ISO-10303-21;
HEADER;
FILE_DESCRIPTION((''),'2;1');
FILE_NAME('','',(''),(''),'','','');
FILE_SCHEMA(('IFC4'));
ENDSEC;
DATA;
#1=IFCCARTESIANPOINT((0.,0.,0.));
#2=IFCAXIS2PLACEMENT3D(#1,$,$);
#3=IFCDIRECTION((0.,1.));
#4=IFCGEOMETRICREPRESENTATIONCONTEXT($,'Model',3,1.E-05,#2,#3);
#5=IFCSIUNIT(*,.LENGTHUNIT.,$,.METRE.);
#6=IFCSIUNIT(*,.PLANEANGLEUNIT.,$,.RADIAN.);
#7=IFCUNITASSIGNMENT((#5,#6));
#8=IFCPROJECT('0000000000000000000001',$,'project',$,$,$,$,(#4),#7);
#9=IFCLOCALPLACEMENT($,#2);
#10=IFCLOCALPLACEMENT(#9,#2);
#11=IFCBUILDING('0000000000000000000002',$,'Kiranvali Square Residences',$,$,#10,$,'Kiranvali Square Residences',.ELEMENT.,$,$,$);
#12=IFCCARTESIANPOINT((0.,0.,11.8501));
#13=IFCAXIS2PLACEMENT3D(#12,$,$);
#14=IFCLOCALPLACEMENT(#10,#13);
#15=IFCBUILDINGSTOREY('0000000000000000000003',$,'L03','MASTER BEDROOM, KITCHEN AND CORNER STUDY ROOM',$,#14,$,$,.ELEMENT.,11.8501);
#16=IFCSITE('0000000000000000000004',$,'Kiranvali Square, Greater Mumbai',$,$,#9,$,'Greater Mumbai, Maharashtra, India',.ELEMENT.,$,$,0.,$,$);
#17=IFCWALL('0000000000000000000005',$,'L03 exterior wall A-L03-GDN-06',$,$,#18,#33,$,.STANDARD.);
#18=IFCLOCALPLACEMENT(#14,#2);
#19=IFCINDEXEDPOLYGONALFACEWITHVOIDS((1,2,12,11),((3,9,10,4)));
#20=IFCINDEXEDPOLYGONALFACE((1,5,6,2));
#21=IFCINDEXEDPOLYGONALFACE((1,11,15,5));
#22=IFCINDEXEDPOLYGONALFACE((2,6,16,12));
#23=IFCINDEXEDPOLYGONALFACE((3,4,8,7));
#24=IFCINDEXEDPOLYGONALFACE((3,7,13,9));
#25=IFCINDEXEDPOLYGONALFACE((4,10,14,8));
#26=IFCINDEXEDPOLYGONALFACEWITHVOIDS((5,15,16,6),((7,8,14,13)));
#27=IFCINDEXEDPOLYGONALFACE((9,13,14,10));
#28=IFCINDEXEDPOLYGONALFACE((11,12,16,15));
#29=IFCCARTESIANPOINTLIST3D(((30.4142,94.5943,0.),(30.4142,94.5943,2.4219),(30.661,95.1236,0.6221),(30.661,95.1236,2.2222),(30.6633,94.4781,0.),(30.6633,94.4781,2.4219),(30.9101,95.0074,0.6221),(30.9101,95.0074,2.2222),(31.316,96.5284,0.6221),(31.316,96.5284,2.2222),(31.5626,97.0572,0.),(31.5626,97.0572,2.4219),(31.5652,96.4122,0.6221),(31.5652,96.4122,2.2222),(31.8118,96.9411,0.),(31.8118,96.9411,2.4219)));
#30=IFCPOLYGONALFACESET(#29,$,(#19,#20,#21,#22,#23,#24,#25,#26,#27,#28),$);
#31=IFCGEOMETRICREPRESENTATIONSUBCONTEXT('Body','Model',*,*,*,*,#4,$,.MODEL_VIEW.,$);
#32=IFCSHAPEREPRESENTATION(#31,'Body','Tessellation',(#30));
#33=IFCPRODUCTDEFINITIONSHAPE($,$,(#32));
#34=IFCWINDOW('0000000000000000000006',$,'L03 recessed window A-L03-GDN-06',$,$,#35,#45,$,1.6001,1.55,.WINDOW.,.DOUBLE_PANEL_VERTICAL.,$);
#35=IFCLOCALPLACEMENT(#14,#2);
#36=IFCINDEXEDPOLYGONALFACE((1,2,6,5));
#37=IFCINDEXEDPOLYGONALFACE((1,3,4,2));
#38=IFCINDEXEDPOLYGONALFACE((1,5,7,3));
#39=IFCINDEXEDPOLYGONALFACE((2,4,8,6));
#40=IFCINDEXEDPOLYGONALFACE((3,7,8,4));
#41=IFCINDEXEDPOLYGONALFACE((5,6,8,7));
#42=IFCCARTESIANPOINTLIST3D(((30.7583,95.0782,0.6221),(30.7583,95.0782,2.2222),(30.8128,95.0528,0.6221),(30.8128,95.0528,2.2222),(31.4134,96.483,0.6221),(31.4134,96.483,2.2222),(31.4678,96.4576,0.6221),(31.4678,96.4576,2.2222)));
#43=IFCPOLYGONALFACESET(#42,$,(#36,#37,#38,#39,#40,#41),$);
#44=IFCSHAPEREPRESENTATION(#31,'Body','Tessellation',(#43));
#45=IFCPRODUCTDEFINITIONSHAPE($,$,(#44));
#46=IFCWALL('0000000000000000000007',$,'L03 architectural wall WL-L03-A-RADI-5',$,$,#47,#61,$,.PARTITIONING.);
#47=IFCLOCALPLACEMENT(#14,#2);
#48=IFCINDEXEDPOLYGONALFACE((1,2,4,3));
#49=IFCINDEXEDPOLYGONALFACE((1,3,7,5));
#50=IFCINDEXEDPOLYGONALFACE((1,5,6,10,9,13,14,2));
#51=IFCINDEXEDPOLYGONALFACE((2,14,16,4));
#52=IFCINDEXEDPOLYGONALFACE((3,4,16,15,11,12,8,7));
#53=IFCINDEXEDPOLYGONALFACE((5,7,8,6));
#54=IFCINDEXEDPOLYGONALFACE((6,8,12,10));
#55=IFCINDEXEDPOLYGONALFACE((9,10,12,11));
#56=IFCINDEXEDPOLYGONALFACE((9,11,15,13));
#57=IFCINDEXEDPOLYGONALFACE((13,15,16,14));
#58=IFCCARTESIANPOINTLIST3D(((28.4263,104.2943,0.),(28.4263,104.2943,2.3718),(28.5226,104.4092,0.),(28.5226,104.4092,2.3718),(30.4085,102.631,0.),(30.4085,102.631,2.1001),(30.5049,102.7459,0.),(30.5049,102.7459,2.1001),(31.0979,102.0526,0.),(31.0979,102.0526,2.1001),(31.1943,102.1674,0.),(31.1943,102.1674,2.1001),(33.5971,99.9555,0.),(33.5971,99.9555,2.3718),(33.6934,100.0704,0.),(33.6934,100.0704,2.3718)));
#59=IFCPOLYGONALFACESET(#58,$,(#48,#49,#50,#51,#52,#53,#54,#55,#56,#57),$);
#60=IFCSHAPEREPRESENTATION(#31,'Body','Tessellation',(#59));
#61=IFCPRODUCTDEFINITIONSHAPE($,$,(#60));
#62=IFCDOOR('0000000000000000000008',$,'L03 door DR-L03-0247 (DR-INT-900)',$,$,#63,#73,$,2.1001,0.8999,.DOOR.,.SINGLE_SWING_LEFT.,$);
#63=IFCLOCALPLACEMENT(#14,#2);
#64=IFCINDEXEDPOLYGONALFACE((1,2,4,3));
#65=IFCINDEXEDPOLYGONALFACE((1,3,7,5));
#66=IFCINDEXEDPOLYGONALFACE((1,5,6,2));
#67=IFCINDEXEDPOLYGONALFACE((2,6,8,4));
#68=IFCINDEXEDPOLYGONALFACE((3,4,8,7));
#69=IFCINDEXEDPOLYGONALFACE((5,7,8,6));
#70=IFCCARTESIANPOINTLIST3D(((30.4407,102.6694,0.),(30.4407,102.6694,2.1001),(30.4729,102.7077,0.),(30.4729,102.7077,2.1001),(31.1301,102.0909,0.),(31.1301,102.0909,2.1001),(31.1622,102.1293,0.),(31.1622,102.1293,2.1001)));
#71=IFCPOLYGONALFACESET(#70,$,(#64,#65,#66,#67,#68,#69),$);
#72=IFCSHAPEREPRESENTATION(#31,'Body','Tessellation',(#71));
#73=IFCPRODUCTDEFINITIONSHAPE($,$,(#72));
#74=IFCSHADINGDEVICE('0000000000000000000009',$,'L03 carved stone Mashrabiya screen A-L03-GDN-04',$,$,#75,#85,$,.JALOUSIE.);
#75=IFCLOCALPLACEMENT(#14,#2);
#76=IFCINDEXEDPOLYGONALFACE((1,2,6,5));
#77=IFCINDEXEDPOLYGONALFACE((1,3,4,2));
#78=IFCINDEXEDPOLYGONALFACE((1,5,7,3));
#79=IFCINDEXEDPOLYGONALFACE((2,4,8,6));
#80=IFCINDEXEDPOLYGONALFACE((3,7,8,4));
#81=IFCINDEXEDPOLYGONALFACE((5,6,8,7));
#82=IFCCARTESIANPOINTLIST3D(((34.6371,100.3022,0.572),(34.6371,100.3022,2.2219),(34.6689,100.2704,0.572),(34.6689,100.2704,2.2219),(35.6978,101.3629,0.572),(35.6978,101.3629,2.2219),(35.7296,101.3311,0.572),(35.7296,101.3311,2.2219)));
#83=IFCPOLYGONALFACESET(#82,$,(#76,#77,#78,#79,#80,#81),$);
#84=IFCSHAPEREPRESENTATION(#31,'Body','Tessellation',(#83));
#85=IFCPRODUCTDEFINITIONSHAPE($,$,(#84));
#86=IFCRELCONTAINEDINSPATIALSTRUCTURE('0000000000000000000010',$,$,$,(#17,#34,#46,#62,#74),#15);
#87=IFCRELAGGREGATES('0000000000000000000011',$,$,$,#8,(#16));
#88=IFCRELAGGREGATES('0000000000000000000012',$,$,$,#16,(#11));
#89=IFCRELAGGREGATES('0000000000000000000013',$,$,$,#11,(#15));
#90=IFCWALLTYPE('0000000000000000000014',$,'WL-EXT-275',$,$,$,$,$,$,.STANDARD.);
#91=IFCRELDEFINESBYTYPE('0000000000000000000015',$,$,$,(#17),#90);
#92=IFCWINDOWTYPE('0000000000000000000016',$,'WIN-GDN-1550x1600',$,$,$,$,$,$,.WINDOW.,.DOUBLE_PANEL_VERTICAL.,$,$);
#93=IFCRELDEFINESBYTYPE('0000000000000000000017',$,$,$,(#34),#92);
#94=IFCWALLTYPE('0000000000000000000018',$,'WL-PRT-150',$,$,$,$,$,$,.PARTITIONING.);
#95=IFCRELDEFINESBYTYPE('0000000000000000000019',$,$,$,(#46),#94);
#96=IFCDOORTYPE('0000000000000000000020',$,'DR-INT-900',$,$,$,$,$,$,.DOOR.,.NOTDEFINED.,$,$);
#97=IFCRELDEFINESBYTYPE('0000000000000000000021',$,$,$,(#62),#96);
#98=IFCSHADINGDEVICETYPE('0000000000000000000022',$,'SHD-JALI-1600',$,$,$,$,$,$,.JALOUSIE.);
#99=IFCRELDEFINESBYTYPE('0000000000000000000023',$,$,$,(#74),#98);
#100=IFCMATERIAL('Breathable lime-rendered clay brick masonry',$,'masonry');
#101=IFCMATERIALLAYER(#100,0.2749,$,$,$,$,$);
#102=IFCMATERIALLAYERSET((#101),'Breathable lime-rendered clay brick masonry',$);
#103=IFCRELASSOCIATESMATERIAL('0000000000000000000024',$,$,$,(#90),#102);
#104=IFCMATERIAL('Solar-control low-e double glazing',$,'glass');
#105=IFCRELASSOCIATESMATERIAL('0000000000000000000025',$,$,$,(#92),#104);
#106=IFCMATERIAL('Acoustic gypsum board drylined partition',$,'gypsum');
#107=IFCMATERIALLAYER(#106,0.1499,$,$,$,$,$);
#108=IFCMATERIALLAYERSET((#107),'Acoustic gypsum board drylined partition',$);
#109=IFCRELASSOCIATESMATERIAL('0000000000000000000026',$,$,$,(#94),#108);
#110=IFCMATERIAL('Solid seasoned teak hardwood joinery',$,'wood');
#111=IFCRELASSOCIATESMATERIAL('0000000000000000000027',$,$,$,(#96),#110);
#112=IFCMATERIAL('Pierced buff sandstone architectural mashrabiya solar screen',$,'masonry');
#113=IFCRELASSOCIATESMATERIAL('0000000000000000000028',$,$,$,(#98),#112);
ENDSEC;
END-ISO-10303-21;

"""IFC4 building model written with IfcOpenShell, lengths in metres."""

from ifc_helpers import new_model, si_unit, direction, frame, frame_2d, origin, origin_2d, place, context, subcontext, project, spatial, rectangle, extrude, material, layer, layer_set, type_object, element, fill, save


model = new_model("IFC4")

# Units and contexts
model_context = context("Model", 3, precision=1e-05, world=origin(), true_north=direction((0.0, 1.0)))
body_context = subcontext(model_context, "Body", "Model", "MODEL_VIEW")
ifc_project = project(units=[si_unit("LENGTHUNIT", "METRE"), si_unit("PLANEANGLEUNIT", "RADIAN")], contexts=[model_context])

# Site, building, storey
site_placement = place(None, origin())
site = spatial("IfcSite", under=ifc_project, at=site_placement, Name="Kiranvali Square, Greater Mumbai", LongName="Greater Mumbai, Maharashtra, India", CompositionType="ELEMENT", RefElevation=0.0)
building_placement = place(site_placement, origin())
building = spatial("IfcBuilding", under=site, at=building_placement, Name="Kiranvali Square Residences", LongName="Kiranvali Square Residences", CompositionType="ELEMENT")
storey_placement = place(building_placement, frame((0.0, 0.0, 11.8501)))
storey = spatial("IfcBuildingStorey", under=building, at=storey_placement, Name="L03", Description="MASTER BEDROOM, KITCHEN AND CORNER STUDY ROOM", CompositionType="ELEMENT", Elevation=11.8501)

# Shared definitions
ifc_material_1 = material(Name="Breathable lime-rendered clay brick masonry", Category="masonry")
ifc_layer_1 = layer(ifc_material_1, 0.2749)
ifc_layer_set_1 = layer_set([ifc_layer_1], Name="Breathable lime-rendered clay brick masonry")
wall_type_1 = type_object("IfcWallType", Name="WL-EXT-275", PredefinedType="STANDARD", material=ifc_layer_set_1)

# Wall, opening, window
wall_1_placement = place(storey_placement, frame((31.6873, 96.9993, 0.0), z_axis=(0.0, 0.0, 1.0), x_axis=(-0.42261, -0.906312, 0.0)))
wall_1 = element("IfcWall", 1, at=wall_1_placement, inside=storey, type_object=wall_type_1, Name="L03 exterior wall A-L03-GDN-06", PredefinedType="STANDARD", context=body_context, shape_type="SweptSolid", body=[
    extrude(rectangle(XDim=2.7175, YDim=0.2749, at=frame_2d((1.3589, 0.0))), origin(), (0.0, 0.0, 1.0), 2.4219),
])
opening_1_placement = place(wall_1_placement, frame((0.5837, 0.0, 0.6221)))
opening_1 = element("IfcOpeningElement", 2, at=opening_1_placement, cuts=wall_1, PredefinedType="OPENING", context=body_context, shape_type="SweptSolid", body=[
    extrude(rectangle(XDim=1.55, YDim=1.6001, at=frame_2d((0.7749, 0.8))), frame((0.0, 0.1475, 0.0), z_axis=(0.0, -1.0, 0.0), x_axis=(1.0, 0.0, 0.0)), (0.0, 0.0, 1.0), 0.2949),
])
ifc_material_2 = material(Name="Solar-control low-e double glazing", Category="glass")
window_type = type_object("IfcWindowType", Name="WIN-GDN-1550x1600", PartitioningType="DOUBLE_PANEL_VERTICAL", PredefinedType="WINDOW", material=ifc_material_2)
window_placement = place(opening_1_placement, origin())
window = element("IfcWindow", 3, at=window_placement, inside=storey, type_object=window_type, Name="L03 recessed window A-L03-GDN-06", OverallHeight=1.6001, OverallWidth=1.55, PartitioningType="DOUBLE_PANEL_VERTICAL", PredefinedType="WINDOW", context=body_context, shape_type="SweptSolid", body=[
    extrude(rectangle(XDim=1.55, YDim=1.6001, at=frame_2d((0.7749, 0.8))), frame((0.0, 0.03, 0.0), z_axis=(0.0, -1.0, 0.0), x_axis=(1.0, 0.0, 0.0)), (0.0, 0.0, 1.0), 0.0601),
])
fill(opening_1, window)

# Wall, opening, door
ifc_material_3 = material(Name="Acoustic gypsum board drylined partition", Category="gypsum")
ifc_layer_2 = layer(ifc_material_3, 0.1499)
ifc_layer_set_2 = layer_set([ifc_layer_2], Name="Acoustic gypsum board drylined partition")
wall_type_2 = type_object("IfcWallType", Name="WL-PRT-150", PredefinedType="PARTITIONING", material=ifc_layer_set_2)
wall_2_placement = place(storey_placement, frame((33.6453, 100.0129, 0.0), z_axis=(0.0, 0.0, 1.0), x_axis=(-0.766047, 0.642785, 0.0)))
wall_2 = element("IfcWall", 4, at=wall_2_placement, inside=storey, type_object=wall_type_2, Name="L03 architectural wall WL-L03-A-RADI-5", PredefinedType="PARTITIONING", context=body_context, shape_type="SweptSolid", body=[
    extrude(rectangle(XDim=6.75, YDim=0.1499, at=frame_2d((3.375, 0.0))), origin(), (0.0, 0.0, 1.0), 2.3718),
])
opening_2_placement = place(wall_2_placement, frame((3.2625, 0.0, 0.0)))
opening_2 = element("IfcOpeningElement", 5, at=opening_2_placement, cuts=wall_2, PredefinedType="OPENING", context=body_context, shape_type="SweptSolid", body=[
    extrude(rectangle(XDim=0.8999, YDim=2.1001, at=frame_2d((0.45, 1.05))), frame((0.0, 0.085, 0.0), z_axis=(0.0, -1.0, 0.0), x_axis=(1.0, 0.0, 0.0)), (0.0, 0.0, 1.0), 0.1699),
])
ifc_material_4 = material(Name="Solid seasoned teak hardwood joinery", Category="wood")
door_type_1 = type_object("IfcDoorType", Name="DR-INT-900", OperationType="NOTDEFINED", PredefinedType="DOOR", material=ifc_material_4)
door_1_placement = place(opening_2_placement, origin())
door_1 = element("IfcDoor", 6, at=door_1_placement, inside=storey, type_object=door_type_1, Name="L03 door DR-L03-0247 (DR-INT-900)", OperationType="SINGLE_SWING_LEFT", OverallHeight=2.1001, OverallWidth=0.8999, PredefinedType="DOOR", context=body_context, shape_type="SweptSolid", body=[
    extrude(rectangle(XDim=0.8999, YDim=2.1001, at=frame_2d((0.45, 1.05))), frame((0.0, 0.0249, 0.0), z_axis=(0.0, -1.0, 0.0), x_axis=(1.0, 0.0, 0.0)), (0.0, 0.0, 1.0), 0.05),
])
fill(opening_2, door_1)

# Shading device
ifc_material_5 = material(Name="Pierced buff sandstone architectural mashrabiya solar screen", Category="masonry")
shading_device_type = type_object("IfcShadingDeviceType", Name="SHD-JALI-1600", PredefinedType="JALOUSIE", material=ifc_material_5)
shading_device_placement = place(storey_placement, frame((35.1833, 100.8167, 0.572), z_axis=(0.0, 0.0, 1.0), x_axis=(-0.707107, -0.707107, 0.0)))
element("IfcShadingDevice", 7, at=shading_device_placement, inside=storey, type_object=shading_device_type, Name="L03 carved stone Mashrabiya screen A-L03-GDN-04", PredefinedType="JALOUSIE", context=body_context, shape_type="SweptSolid", body=[
    extrude(rectangle(XDim=1.5, YDim=0.0449, at=origin_2d()), origin(), (0.0, 0.0, 1.0), 1.6499),
])

save(model, "model.ifc")
